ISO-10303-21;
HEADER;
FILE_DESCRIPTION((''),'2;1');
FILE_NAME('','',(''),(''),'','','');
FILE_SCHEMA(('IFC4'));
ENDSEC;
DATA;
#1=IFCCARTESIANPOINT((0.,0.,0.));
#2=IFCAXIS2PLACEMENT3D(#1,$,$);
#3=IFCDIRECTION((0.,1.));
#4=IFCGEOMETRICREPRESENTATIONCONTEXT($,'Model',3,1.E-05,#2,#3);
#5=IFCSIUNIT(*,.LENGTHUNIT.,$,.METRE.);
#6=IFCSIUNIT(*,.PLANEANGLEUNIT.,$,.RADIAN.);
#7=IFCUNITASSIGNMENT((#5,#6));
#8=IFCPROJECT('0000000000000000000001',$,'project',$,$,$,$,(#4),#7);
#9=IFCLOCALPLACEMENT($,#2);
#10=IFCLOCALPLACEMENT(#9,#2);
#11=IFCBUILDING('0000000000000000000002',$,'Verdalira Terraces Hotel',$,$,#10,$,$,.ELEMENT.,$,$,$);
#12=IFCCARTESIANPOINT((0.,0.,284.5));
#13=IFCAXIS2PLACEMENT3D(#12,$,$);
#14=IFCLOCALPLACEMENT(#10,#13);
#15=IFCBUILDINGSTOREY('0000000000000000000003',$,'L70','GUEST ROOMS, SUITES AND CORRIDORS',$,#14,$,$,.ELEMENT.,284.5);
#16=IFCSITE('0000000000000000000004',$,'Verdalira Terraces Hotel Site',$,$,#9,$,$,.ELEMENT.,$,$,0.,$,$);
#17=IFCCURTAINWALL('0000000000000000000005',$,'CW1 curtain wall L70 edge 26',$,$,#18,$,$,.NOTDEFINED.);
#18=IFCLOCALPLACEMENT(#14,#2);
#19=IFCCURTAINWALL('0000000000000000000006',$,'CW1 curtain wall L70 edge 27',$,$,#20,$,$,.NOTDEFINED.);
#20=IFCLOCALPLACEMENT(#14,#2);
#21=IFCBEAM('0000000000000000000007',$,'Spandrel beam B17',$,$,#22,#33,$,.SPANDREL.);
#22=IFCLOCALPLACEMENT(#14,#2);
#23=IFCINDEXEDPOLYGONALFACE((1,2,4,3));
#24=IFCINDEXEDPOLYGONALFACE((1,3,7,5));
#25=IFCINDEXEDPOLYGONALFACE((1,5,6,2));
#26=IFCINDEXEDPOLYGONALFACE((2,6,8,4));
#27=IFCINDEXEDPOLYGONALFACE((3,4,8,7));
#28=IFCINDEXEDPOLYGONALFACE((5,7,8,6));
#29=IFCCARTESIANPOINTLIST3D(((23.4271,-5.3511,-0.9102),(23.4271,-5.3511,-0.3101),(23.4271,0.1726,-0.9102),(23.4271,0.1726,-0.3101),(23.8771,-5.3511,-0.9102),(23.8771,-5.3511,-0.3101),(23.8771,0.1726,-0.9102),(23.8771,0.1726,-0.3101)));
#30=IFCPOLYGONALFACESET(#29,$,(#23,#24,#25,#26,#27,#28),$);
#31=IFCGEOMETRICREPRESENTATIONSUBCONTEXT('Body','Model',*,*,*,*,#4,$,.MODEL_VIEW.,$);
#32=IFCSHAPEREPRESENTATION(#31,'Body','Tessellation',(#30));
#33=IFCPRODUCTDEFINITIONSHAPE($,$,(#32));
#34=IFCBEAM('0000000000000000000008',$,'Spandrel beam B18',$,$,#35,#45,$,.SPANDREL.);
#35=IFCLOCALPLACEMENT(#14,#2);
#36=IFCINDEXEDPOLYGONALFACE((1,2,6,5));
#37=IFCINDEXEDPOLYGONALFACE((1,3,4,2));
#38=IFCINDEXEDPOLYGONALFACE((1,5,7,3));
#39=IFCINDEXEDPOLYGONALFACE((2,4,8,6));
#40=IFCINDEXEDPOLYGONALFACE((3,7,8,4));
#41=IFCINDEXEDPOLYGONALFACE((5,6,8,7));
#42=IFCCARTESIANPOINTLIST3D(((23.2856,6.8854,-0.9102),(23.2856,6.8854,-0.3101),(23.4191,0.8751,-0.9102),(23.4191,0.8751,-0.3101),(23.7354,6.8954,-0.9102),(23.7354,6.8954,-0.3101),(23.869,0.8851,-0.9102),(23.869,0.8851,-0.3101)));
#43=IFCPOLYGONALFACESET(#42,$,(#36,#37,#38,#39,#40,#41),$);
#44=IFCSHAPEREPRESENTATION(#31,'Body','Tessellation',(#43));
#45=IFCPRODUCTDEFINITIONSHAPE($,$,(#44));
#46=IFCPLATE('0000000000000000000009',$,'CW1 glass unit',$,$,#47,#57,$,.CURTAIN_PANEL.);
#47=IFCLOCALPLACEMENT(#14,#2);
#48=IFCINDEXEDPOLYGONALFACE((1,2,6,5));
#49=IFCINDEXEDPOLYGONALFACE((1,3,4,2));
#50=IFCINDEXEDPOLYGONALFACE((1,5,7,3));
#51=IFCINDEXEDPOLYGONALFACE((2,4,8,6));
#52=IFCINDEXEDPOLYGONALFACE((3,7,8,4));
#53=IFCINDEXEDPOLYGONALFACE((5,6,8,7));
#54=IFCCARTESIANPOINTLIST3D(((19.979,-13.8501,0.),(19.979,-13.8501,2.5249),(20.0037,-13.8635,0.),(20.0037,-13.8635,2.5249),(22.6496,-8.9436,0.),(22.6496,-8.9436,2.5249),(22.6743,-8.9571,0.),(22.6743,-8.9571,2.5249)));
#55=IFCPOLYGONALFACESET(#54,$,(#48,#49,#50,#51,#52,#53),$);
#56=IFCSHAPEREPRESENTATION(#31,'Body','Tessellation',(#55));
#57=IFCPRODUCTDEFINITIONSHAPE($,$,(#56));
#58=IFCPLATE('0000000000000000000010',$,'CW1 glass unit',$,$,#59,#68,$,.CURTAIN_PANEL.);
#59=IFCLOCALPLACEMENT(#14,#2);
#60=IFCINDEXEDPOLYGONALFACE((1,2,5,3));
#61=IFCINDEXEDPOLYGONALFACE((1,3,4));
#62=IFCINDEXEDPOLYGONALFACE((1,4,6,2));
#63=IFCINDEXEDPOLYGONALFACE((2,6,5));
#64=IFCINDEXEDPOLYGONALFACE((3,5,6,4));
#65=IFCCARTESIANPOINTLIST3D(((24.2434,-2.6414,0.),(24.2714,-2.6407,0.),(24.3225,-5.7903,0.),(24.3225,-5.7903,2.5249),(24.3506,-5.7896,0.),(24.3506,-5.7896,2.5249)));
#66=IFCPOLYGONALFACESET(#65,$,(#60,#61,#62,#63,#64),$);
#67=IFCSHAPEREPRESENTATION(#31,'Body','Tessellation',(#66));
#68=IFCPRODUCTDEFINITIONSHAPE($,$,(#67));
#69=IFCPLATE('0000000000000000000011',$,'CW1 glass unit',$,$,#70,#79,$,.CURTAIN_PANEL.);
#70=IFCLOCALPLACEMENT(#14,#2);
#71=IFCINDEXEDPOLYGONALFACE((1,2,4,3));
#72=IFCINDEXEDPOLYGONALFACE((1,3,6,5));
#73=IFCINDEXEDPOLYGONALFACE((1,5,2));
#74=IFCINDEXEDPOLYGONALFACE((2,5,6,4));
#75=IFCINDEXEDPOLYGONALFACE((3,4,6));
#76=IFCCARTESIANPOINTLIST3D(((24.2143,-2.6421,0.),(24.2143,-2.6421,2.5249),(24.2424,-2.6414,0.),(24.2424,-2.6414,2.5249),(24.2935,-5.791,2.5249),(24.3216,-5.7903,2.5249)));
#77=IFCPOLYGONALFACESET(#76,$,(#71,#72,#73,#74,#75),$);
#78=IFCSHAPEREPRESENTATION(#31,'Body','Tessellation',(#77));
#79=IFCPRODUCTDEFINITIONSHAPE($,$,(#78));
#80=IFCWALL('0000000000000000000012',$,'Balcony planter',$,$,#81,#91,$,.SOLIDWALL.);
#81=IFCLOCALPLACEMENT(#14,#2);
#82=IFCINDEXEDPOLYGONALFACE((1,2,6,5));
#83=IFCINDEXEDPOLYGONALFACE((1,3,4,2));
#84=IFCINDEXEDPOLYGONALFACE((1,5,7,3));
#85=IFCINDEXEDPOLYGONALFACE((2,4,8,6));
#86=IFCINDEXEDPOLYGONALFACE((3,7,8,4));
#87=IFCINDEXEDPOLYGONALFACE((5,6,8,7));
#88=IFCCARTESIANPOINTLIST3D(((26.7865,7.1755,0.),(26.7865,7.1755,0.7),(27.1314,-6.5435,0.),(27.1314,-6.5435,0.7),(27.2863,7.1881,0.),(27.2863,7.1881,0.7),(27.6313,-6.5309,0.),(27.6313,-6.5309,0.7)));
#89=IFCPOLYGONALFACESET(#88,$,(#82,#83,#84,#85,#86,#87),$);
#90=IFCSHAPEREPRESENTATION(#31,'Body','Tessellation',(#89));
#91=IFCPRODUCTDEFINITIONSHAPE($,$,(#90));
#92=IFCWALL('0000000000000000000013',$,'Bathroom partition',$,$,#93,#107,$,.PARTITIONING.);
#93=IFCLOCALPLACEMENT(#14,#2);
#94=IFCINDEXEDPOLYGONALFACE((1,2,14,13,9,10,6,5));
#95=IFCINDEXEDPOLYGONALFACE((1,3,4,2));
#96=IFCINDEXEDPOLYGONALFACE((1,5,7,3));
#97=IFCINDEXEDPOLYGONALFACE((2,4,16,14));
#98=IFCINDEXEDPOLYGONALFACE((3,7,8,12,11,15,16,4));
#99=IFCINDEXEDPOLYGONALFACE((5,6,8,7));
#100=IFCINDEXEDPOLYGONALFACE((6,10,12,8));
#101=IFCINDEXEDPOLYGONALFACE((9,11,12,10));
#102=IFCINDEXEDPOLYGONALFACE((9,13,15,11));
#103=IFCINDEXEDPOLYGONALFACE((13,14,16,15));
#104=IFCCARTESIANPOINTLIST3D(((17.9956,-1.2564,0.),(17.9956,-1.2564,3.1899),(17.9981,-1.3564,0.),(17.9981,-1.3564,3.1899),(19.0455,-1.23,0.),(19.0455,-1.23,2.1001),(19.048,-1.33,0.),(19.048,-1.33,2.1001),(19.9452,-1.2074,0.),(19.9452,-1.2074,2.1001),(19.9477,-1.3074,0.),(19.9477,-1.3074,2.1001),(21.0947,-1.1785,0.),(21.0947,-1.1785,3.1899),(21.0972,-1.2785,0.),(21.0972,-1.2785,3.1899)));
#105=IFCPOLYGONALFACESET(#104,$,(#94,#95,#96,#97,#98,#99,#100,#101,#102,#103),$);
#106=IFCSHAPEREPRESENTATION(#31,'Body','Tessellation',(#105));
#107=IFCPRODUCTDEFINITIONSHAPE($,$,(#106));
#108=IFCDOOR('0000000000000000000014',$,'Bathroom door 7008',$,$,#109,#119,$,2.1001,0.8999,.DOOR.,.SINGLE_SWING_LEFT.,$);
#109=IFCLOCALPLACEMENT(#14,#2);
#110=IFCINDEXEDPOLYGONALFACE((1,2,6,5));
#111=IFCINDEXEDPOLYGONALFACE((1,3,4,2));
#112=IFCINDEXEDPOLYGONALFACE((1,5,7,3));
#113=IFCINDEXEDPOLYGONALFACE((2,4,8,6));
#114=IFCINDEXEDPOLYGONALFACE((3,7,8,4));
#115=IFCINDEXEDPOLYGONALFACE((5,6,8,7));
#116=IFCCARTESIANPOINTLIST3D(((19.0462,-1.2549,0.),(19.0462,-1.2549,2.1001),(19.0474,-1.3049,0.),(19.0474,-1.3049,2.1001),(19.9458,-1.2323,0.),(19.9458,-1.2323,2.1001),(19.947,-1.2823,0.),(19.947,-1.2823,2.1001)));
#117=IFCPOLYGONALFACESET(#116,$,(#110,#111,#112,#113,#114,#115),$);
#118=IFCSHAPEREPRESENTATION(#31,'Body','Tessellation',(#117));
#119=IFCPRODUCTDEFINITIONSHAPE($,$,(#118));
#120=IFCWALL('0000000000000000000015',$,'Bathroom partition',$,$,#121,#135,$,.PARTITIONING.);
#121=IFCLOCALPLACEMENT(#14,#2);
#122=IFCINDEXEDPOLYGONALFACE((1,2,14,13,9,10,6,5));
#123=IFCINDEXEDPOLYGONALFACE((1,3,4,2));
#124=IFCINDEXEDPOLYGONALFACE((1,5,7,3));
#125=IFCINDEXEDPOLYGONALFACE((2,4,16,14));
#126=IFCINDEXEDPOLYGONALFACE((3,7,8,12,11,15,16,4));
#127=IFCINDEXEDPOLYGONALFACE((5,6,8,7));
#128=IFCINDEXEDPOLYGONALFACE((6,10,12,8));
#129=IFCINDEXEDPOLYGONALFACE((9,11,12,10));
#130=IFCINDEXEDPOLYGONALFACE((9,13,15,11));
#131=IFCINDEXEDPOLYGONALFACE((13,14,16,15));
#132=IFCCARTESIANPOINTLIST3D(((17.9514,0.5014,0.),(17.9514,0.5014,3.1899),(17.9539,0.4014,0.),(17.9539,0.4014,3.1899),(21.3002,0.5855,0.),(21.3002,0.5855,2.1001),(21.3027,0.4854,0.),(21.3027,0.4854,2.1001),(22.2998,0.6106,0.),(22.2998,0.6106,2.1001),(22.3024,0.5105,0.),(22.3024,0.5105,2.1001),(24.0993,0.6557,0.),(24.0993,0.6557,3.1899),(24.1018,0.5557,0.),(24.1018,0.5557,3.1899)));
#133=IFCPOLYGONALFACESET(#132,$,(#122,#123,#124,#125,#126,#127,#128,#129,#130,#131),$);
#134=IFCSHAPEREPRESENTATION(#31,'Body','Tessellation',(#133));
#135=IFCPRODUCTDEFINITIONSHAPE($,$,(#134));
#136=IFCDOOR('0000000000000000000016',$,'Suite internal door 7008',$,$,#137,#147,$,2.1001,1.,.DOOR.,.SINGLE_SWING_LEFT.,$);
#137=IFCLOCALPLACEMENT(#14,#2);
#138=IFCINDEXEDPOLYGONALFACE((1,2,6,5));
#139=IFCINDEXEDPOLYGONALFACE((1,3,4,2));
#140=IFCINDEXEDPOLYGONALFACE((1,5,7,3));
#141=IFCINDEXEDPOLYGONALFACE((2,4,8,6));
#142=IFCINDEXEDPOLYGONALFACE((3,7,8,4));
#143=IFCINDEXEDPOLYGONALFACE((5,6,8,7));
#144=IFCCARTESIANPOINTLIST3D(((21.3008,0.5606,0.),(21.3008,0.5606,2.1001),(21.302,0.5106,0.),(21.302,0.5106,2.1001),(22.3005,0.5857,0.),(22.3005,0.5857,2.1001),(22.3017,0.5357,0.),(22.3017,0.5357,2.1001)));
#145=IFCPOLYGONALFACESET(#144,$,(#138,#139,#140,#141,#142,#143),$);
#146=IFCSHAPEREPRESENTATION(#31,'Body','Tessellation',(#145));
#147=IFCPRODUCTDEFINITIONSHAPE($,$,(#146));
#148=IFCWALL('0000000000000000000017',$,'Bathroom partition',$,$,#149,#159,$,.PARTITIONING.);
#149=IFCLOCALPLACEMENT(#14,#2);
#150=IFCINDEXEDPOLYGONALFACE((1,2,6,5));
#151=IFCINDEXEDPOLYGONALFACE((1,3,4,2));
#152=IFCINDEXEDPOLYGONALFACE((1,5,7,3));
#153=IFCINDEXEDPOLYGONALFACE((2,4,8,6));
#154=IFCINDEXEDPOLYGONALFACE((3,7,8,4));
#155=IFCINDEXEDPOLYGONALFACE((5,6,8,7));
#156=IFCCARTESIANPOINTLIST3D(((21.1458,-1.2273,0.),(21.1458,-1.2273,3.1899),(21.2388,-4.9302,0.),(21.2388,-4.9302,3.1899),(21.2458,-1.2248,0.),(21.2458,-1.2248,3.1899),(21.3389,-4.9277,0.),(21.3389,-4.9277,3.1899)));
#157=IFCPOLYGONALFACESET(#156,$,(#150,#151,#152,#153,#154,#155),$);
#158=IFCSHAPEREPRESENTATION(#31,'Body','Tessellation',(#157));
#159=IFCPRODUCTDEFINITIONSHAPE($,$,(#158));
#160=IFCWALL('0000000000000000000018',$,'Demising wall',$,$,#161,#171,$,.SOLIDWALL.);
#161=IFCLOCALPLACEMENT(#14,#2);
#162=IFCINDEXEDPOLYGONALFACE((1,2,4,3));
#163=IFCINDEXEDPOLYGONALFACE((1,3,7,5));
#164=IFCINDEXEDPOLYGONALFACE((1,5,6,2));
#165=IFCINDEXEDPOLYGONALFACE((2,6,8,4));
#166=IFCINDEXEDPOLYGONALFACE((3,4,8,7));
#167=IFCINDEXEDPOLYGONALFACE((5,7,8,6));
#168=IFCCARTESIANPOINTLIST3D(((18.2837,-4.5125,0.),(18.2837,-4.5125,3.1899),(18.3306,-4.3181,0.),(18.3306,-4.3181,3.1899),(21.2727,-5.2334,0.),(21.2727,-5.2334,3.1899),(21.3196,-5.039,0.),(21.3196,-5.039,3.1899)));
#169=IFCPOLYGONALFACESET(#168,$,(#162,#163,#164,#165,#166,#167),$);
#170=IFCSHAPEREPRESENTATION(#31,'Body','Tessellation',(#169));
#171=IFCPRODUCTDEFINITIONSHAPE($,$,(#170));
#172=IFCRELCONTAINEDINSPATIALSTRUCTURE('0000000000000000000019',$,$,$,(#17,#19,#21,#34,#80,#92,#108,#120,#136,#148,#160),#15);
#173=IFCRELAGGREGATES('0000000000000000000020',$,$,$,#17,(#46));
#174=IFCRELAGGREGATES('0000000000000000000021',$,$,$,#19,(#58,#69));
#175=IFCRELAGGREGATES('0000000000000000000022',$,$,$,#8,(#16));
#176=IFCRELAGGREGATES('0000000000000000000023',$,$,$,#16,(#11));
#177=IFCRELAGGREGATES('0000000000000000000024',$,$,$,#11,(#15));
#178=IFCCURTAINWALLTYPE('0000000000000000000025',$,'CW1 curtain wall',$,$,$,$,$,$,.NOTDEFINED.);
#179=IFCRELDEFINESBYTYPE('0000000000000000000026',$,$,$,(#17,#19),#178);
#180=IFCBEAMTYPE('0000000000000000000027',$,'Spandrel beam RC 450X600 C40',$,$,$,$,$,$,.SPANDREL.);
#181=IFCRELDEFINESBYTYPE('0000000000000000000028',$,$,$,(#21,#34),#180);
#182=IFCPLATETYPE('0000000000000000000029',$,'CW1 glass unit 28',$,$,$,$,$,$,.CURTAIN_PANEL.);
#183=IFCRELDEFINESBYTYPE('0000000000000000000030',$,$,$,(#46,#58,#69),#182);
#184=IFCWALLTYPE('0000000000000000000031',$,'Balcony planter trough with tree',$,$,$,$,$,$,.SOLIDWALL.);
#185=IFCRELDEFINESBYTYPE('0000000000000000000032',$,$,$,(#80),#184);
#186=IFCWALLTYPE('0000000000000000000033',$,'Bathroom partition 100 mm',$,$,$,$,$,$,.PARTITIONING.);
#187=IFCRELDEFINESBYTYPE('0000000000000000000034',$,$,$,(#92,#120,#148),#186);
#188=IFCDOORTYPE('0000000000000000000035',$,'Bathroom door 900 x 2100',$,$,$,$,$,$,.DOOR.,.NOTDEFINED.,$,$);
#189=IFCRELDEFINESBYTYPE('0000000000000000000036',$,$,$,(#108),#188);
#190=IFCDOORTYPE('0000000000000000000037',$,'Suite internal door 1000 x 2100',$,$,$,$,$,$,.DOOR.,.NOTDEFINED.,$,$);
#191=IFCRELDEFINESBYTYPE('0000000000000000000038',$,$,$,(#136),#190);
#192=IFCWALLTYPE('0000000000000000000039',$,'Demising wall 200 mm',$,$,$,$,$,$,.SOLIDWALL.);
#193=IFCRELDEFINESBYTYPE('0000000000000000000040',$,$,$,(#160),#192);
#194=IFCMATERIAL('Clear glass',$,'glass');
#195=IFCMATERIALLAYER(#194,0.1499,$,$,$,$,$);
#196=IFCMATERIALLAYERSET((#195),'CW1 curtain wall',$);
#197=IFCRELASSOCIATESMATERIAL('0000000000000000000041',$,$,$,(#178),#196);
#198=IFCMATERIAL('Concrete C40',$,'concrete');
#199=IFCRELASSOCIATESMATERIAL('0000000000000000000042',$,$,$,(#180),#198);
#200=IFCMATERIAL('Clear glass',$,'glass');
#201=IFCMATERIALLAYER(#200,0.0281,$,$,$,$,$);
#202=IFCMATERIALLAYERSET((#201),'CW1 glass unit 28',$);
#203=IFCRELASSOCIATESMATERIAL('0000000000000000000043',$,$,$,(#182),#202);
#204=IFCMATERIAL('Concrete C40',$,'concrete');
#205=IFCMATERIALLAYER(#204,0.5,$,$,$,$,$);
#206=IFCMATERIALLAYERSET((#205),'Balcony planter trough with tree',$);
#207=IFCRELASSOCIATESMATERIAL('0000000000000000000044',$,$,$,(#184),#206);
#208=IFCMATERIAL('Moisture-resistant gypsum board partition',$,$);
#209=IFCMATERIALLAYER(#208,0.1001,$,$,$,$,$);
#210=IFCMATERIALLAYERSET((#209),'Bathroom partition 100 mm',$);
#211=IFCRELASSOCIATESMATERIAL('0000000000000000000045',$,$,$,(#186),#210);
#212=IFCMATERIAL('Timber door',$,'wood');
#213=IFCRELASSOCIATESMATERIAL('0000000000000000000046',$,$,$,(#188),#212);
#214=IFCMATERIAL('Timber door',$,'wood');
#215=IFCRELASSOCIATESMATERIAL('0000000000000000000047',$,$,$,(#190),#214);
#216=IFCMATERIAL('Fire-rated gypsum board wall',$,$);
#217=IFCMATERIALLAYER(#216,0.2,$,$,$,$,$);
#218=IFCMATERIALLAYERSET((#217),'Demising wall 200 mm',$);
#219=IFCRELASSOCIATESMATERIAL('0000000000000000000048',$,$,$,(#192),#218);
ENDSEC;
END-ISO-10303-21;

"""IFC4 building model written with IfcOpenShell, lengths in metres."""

from ifc_helpers import new_model, si_unit, direction, frame, frame_2d, origin, origin_2d, place, context, subcontext, project, spatial, polyline, rectangle, outline, extrude, material, layer, layer_set, material_profile, profile_set, type_object, element, fill, aggregate, save


model = new_model("IFC4")

# Units and contexts
model_context = context("Model", 3, precision=1e-05, world=origin(), true_north=direction((0.0, 1.0)))
body_context = subcontext(model_context, "Body", "Model", "MODEL_VIEW")
ifc_project = project(units=[si_unit("LENGTHUNIT", "METRE"), si_unit("PLANEANGLEUNIT", "RADIAN")], contexts=[model_context])

# Site, building, storey
site_placement = place(None, origin())
site = spatial("IfcSite", under=ifc_project, at=site_placement, Name="Verdalira Terraces Hotel Site", CompositionType="ELEMENT", RefElevation=0.0)
building_placement = place(site_placement, origin())
building = spatial("IfcBuilding", under=site, at=building_placement, Name="Verdalira Terraces Hotel", CompositionType="ELEMENT")
storey_placement = place(building_placement, frame((0.0, 0.0, 284.5)))
storey = spatial("IfcBuildingStorey", under=building, at=storey_placement, Name="L70", Description="GUEST ROOMS, SUITES AND CORRIDORS", CompositionType="ELEMENT", Elevation=284.5)

# Curtain wall
ifc_material_1 = material(Name="Clear glass", Category="glass")
ifc_layer_1 = layer(ifc_material_1, 0.1499)
ifc_layer_set_1 = layer_set([ifc_layer_1], Name="CW1 curtain wall")
curtain_wall_type = type_object("IfcCurtainWallType", Name="CW1 curtain wall", PredefinedType="NOTDEFINED", material=ifc_layer_set_1)
curtain_wall_1_placement = place(storey_placement, origin())
curtain_wall_1 = element("IfcCurtainWall", 1, at=curtain_wall_1_placement, inside=storey, type_object=curtain_wall_type, Name="CW1 curtain wall L70 edge 26", PredefinedType="NOTDEFINED")

# Curtain wall
curtain_wall_2_placement = place(storey_placement, origin())
curtain_wall_2 = element("IfcCurtainWall", 2, at=curtain_wall_2_placement, inside=storey, type_object=curtain_wall_type, Name="CW1 curtain wall L70 edge 27", PredefinedType="NOTDEFINED")

# Beams
ifc_material_2 = material(Name="Concrete C40", Category="concrete")
ifc_material_profile_1 = material_profile(ifc_material_2, rectangle(XDim=0.45, YDim=0.6001, at=origin_2d()), Name="RC 450X600")
ifc_profile_set_1 = profile_set([ifc_material_profile_1], Name="Concrete C40")
beam_type_1 = type_object("IfcBeamType", Name="Spandrel beam RC 450X600 C40", PredefinedType="SPANDREL", material=ifc_profile_set_1)
beam_1_placement = place(storey_placement, frame((23.6521, -5.3511, -0.6101), z_axis=(0.0, 1.0, 0.0), x_axis=(-1.0, 0.0, 0.0)))
element("IfcBeam", 3, at=beam_1_placement, inside=storey, type_object=beam_type_1, Name="Spandrel beam B17", PredefinedType="SPANDREL", context=body_context, shape_type="SweptSolid", body=[
    extrude(rectangle(XDim=0.45, YDim=0.6001, at=origin_2d()), origin(), (0.0, 0.0, 1.0), 5.5237),
])
beam_2_placement = place(storey_placement, frame((23.644, 0.8801, -0.6101), z_axis=(-0.022214, 0.999753, 0.0), x_axis=(-0.999753, -0.022214, 0.0)))
element("IfcBeam", 4, at=beam_2_placement, inside=storey, type_object=beam_type_1, Name="Spandrel beam B18", PredefinedType="SPANDREL", context=body_context, shape_type="SweptSolid", body=[
    extrude(rectangle(XDim=0.45, YDim=0.6001, at=origin_2d()), origin(), (0.0, 0.0, 1.0), 6.0117),
])

# Plates
ifc_material_3 = material(Name="Clear glass", Category="glass")
ifc_layer_2 = layer(ifc_material_3, 0.0281)
ifc_layer_set_2 = layer_set([ifc_layer_2], Name="CW1 glass unit 28")
plate_type = type_object("IfcPlateType", Name="CW1 glass unit 28", PredefinedType="CURTAIN_PANEL", material=ifc_layer_set_2)
plate_1_placement = place(storey_placement, frame((21.3267, -11.4036, 0.0), z_axis=(0.0, 0.0, 1.0), x_axis=(0.478079, 0.878317, 0.0)))
plate_1 = element("IfcPlate", 5, at=plate_1_placement, type_object=plate_type, Name="CW1 glass unit", PredefinedType="CURTAIN_PANEL", context=body_context, shape_type="SweptSolid", body=[
    extrude(rectangle(XDim=5.5862, YDim=0.0281, at=origin_2d()), origin(), (0.0, 0.0, 1.0), 2.5249),
])
aggregate(curtain_wall_1, [plate_1])
plate_2_placement = place(storey_placement, frame((24.283, -4.2158, 1.2625), z_axis=(0.999684, 0.02513, 0.0), x_axis=(-0.02513, 0.999684, 0.0)))
plate_2 = element("IfcPlate", 6, at=plate_2_placement, type_object=plate_type, Name="CW1 glass unit", PredefinedType="CURTAIN_PANEL", context=body_context, shape_type="SweptSolid", body=[
    extrude(outline(polyline([(-1.575, -1.2625), (1.575, -1.2625), (-1.575, 1.2625), (-1.575, -1.2625)])), origin(), (0.0, 0.0, 1.0), 0.0281),
])
plate_3_placement = place(storey_placement, frame((24.2539, -4.2166, 1.2625), z_axis=(0.999684, 0.02513, 0.0), x_axis=(-0.02513, 0.999684, 0.0)))
plate_3 = element("IfcPlate", 7, at=plate_3_placement, type_object=plate_type, Name="CW1 glass unit", PredefinedType="CURTAIN_PANEL", context=body_context, shape_type="SweptSolid", body=[
    extrude(outline(polyline([(1.575, -1.2625), (1.575, 1.2625), (-1.575, 1.2625), (1.575, -1.2625)])), origin(), (0.0, 0.0, 1.0), 0.0281),
])
aggregate(curtain_wall_2, [plate_2, plate_3])

# Wall
ifc_material_4 = material(Name="Concrete C40", Category="concrete")
ifc_layer_3 = layer(ifc_material_4, 0.5)
ifc_layer_set_3 = layer_set([ifc_layer_3], Name="Balcony planter trough with tree")
wall_type_1 = type_object("IfcWallType", Name="Balcony planter trough with tree", PredefinedType="SOLIDWALL", material=ifc_layer_set_3)
wall_1_placement = place(storey_placement, frame((27.3813, -6.5374, 0.0), z_axis=(0.0, 0.0, 1.0), x_axis=(-0.025138, 0.999684, 0.0)))
element("IfcWall", 8, at=wall_1_placement, inside=storey, type_object=wall_type_1, Name="Balcony planter", PredefinedType="SOLIDWALL", context=body_context, shape_type="SweptSolid", body=[
    extrude(rectangle(XDim=13.7234, YDim=0.5, at=frame_2d((6.8618, 0.0))), origin(), (0.0, 0.0, 1.0), 0.7),
])

# Walls, openings, doors
ifc_material_5 = material(Name="Moisture-resistant gypsum board partition")
ifc_layer_4 = layer(ifc_material_5, 0.1001)
ifc_layer_set_4 = layer_set([ifc_layer_4], Name="Bathroom partition 100 mm")
wall_type_2 = type_object("IfcWallType", Name="Bathroom partition 100 mm", PredefinedType="PARTITIONING", material=ifc_layer_set_4)
wall_2_placement = place(storey_placement, frame((21.0959, -1.2285, 0.0), z_axis=(0.0, 0.0, 1.0), x_axis=(-0.999684, -0.025122, 0.0)))
wall_2 = element("IfcWall", 9, at=wall_2_placement, inside=storey, type_object=wall_type_2, Name="Bathroom partition", PredefinedType="PARTITIONING", context=body_context, shape_type="SweptSolid", body=[
    extrude(rectangle(XDim=3.1001, YDim=0.1001, at=frame_2d((1.55, 0.0))), origin(), (0.0, 0.0, 1.0), 3.1899),
])
opening_1_placement = place(wall_2_placement, frame((1.1499, 0.0, 0.0)))
opening_1 = element("IfcOpeningElement", 10, at=opening_1_placement, cuts=wall_2, PredefinedType="OPENING", context=body_context, shape_type="SweptSolid", body=[
    extrude(rectangle(XDim=0.8999, YDim=2.1001, at=frame_2d((0.45, 1.05))), frame((0.0, 0.0601, 0.0), z_axis=(0.0, -1.0, 0.0), x_axis=(1.0, 0.0, 0.0)), (0.0, 0.0, 1.0), 0.1201),
])
ifc_material_6 = material(Name="Timber door", Category="wood")
door_type_1 = type_object("IfcDoorType", Name="Bathroom door 900 x 2100", OperationType="NOTDEFINED", PredefinedType="DOOR", material=ifc_material_6)
door_1_placement = place(opening_1_placement, origin())
door_1 = element("IfcDoor", 11, at=door_1_placement, inside=storey, type_object=door_type_1, Name="Bathroom door 7008", OperationType="SINGLE_SWING_LEFT", OverallHeight=2.1001, OverallWidth=0.8999, PredefinedType="DOOR", context=body_context, shape_type="SweptSolid", body=[
    extrude(rectangle(XDim=0.8999, YDim=2.1001, at=frame_2d((0.45, 1.05))), frame((0.0, 0.0249, 0.0), z_axis=(0.0, -1.0, 0.0), x_axis=(1.0, 0.0, 0.0)), (0.0, 0.0, 1.0), 0.05),
])
fill(opening_1, door_1)
wall_3_placement = place(storey_placement, frame((24.1006, 0.6057, 0.0), z_axis=(0.0, 0.0, 1.0), x_axis=(-0.999685, -0.025089, 0.0)))
wall_3 = element("IfcWall", 12, at=wall_3_placement, inside=storey, type_object=wall_type_2, Name="Bathroom partition", PredefinedType="PARTITIONING", context=body_context, shape_type="SweptSolid", body=[
    extrude(rectangle(XDim=6.1499, YDim=0.1001, at=frame_2d((3.075, 0.0))), origin(), (0.0, 0.0, 1.0), 3.1899),
])
opening_2_placement = place(wall_3_placement, frame((1.8, 0.0, 0.0)))
opening_2 = element("IfcOpeningElement", 13, at=opening_2_placement, cuts=wall_3, PredefinedType="OPENING", context=body_context, shape_type="SweptSolid", body=[
    extrude(rectangle(XDim=1.0, YDim=2.1001, at=frame_2d((0.5, 1.05))), frame((0.0, 0.0601, 0.0), z_axis=(0.0, -1.0, 0.0), x_axis=(1.0, 0.0, 0.0)), (0.0, 0.0, 1.0), 0.1201),
])
ifc_material_7 = material(Name="Timber door", Category="wood")
door_type_2 = type_object("IfcDoorType", Name="Suite internal door 1000 x 2100", OperationType="NOTDEFINED", PredefinedType="DOOR", material=ifc_material_7)
door_2_placement = place(opening_2_placement, origin())
door_2 = element("IfcDoor", 14, at=door_2_placement, inside=storey, type_object=door_type_2, Name="Suite internal door 7008", OperationType="SINGLE_SWING_LEFT", OverallHeight=2.1001, OverallWidth=1.0, PredefinedType="DOOR", context=body_context, shape_type="SweptSolid", body=[
    extrude(rectangle(XDim=1.0, YDim=2.1001, at=frame_2d((0.5, 1.05))), frame((0.0, 0.0249, 0.0), z_axis=(0.0, -1.0, 0.0), x_axis=(1.0, 0.0, 0.0)), (0.0, 0.0, 1.0), 0.05),
])
fill(opening_2, door_2)

# Walls
wall_4_placement = place(storey_placement, frame((21.2888, -4.929, 0.0), z_axis=(0.0, 0.0, 1.0), x_axis=(-0.025112, 0.999685, 0.0)))
element("IfcWall", 15, at=wall_4_placement, inside=storey, type_object=wall_type_2, Name="Bathroom partition", PredefinedType="PARTITIONING", context=body_context, shape_type="SweptSolid", body=[
    extrude(rectangle(XDim=3.7041, YDim=0.1001, at=frame_2d((1.8521, 0.0))), origin(), (0.0, 0.0, 1.0), 3.1899),
])
ifc_material_8 = material(Name="Fire-rated gypsum board wall")
ifc_layer_5 = layer(ifc_material_8, 0.2)
ifc_layer_set_5 = layer_set([ifc_layer_5], Name="Demising wall 200 mm")
wall_type_3 = type_object("IfcWallType", Name="Demising wall 200 mm", PredefinedType="SOLIDWALL", material=ifc_layer_set_5)
wall_5_placement = place(storey_placement, frame((18.3071, -4.4153, 0.0), z_axis=(0.0, 0.0, 1.0), x_axis=(0.972122, -0.234475, 0.0)))
element("IfcWall", 16, at=wall_5_placement, inside=storey, type_object=wall_type_3, Name="Demising wall", PredefinedType="SOLIDWALL", context=body_context, shape_type="SweptSolid", body=[
    extrude(rectangle(XDim=3.0747, YDim=0.2, at=frame_2d((1.5374, 0.0))), origin(), (0.0, 0.0, 1.0), 3.1899),
])

save(model, "model.ifc")
